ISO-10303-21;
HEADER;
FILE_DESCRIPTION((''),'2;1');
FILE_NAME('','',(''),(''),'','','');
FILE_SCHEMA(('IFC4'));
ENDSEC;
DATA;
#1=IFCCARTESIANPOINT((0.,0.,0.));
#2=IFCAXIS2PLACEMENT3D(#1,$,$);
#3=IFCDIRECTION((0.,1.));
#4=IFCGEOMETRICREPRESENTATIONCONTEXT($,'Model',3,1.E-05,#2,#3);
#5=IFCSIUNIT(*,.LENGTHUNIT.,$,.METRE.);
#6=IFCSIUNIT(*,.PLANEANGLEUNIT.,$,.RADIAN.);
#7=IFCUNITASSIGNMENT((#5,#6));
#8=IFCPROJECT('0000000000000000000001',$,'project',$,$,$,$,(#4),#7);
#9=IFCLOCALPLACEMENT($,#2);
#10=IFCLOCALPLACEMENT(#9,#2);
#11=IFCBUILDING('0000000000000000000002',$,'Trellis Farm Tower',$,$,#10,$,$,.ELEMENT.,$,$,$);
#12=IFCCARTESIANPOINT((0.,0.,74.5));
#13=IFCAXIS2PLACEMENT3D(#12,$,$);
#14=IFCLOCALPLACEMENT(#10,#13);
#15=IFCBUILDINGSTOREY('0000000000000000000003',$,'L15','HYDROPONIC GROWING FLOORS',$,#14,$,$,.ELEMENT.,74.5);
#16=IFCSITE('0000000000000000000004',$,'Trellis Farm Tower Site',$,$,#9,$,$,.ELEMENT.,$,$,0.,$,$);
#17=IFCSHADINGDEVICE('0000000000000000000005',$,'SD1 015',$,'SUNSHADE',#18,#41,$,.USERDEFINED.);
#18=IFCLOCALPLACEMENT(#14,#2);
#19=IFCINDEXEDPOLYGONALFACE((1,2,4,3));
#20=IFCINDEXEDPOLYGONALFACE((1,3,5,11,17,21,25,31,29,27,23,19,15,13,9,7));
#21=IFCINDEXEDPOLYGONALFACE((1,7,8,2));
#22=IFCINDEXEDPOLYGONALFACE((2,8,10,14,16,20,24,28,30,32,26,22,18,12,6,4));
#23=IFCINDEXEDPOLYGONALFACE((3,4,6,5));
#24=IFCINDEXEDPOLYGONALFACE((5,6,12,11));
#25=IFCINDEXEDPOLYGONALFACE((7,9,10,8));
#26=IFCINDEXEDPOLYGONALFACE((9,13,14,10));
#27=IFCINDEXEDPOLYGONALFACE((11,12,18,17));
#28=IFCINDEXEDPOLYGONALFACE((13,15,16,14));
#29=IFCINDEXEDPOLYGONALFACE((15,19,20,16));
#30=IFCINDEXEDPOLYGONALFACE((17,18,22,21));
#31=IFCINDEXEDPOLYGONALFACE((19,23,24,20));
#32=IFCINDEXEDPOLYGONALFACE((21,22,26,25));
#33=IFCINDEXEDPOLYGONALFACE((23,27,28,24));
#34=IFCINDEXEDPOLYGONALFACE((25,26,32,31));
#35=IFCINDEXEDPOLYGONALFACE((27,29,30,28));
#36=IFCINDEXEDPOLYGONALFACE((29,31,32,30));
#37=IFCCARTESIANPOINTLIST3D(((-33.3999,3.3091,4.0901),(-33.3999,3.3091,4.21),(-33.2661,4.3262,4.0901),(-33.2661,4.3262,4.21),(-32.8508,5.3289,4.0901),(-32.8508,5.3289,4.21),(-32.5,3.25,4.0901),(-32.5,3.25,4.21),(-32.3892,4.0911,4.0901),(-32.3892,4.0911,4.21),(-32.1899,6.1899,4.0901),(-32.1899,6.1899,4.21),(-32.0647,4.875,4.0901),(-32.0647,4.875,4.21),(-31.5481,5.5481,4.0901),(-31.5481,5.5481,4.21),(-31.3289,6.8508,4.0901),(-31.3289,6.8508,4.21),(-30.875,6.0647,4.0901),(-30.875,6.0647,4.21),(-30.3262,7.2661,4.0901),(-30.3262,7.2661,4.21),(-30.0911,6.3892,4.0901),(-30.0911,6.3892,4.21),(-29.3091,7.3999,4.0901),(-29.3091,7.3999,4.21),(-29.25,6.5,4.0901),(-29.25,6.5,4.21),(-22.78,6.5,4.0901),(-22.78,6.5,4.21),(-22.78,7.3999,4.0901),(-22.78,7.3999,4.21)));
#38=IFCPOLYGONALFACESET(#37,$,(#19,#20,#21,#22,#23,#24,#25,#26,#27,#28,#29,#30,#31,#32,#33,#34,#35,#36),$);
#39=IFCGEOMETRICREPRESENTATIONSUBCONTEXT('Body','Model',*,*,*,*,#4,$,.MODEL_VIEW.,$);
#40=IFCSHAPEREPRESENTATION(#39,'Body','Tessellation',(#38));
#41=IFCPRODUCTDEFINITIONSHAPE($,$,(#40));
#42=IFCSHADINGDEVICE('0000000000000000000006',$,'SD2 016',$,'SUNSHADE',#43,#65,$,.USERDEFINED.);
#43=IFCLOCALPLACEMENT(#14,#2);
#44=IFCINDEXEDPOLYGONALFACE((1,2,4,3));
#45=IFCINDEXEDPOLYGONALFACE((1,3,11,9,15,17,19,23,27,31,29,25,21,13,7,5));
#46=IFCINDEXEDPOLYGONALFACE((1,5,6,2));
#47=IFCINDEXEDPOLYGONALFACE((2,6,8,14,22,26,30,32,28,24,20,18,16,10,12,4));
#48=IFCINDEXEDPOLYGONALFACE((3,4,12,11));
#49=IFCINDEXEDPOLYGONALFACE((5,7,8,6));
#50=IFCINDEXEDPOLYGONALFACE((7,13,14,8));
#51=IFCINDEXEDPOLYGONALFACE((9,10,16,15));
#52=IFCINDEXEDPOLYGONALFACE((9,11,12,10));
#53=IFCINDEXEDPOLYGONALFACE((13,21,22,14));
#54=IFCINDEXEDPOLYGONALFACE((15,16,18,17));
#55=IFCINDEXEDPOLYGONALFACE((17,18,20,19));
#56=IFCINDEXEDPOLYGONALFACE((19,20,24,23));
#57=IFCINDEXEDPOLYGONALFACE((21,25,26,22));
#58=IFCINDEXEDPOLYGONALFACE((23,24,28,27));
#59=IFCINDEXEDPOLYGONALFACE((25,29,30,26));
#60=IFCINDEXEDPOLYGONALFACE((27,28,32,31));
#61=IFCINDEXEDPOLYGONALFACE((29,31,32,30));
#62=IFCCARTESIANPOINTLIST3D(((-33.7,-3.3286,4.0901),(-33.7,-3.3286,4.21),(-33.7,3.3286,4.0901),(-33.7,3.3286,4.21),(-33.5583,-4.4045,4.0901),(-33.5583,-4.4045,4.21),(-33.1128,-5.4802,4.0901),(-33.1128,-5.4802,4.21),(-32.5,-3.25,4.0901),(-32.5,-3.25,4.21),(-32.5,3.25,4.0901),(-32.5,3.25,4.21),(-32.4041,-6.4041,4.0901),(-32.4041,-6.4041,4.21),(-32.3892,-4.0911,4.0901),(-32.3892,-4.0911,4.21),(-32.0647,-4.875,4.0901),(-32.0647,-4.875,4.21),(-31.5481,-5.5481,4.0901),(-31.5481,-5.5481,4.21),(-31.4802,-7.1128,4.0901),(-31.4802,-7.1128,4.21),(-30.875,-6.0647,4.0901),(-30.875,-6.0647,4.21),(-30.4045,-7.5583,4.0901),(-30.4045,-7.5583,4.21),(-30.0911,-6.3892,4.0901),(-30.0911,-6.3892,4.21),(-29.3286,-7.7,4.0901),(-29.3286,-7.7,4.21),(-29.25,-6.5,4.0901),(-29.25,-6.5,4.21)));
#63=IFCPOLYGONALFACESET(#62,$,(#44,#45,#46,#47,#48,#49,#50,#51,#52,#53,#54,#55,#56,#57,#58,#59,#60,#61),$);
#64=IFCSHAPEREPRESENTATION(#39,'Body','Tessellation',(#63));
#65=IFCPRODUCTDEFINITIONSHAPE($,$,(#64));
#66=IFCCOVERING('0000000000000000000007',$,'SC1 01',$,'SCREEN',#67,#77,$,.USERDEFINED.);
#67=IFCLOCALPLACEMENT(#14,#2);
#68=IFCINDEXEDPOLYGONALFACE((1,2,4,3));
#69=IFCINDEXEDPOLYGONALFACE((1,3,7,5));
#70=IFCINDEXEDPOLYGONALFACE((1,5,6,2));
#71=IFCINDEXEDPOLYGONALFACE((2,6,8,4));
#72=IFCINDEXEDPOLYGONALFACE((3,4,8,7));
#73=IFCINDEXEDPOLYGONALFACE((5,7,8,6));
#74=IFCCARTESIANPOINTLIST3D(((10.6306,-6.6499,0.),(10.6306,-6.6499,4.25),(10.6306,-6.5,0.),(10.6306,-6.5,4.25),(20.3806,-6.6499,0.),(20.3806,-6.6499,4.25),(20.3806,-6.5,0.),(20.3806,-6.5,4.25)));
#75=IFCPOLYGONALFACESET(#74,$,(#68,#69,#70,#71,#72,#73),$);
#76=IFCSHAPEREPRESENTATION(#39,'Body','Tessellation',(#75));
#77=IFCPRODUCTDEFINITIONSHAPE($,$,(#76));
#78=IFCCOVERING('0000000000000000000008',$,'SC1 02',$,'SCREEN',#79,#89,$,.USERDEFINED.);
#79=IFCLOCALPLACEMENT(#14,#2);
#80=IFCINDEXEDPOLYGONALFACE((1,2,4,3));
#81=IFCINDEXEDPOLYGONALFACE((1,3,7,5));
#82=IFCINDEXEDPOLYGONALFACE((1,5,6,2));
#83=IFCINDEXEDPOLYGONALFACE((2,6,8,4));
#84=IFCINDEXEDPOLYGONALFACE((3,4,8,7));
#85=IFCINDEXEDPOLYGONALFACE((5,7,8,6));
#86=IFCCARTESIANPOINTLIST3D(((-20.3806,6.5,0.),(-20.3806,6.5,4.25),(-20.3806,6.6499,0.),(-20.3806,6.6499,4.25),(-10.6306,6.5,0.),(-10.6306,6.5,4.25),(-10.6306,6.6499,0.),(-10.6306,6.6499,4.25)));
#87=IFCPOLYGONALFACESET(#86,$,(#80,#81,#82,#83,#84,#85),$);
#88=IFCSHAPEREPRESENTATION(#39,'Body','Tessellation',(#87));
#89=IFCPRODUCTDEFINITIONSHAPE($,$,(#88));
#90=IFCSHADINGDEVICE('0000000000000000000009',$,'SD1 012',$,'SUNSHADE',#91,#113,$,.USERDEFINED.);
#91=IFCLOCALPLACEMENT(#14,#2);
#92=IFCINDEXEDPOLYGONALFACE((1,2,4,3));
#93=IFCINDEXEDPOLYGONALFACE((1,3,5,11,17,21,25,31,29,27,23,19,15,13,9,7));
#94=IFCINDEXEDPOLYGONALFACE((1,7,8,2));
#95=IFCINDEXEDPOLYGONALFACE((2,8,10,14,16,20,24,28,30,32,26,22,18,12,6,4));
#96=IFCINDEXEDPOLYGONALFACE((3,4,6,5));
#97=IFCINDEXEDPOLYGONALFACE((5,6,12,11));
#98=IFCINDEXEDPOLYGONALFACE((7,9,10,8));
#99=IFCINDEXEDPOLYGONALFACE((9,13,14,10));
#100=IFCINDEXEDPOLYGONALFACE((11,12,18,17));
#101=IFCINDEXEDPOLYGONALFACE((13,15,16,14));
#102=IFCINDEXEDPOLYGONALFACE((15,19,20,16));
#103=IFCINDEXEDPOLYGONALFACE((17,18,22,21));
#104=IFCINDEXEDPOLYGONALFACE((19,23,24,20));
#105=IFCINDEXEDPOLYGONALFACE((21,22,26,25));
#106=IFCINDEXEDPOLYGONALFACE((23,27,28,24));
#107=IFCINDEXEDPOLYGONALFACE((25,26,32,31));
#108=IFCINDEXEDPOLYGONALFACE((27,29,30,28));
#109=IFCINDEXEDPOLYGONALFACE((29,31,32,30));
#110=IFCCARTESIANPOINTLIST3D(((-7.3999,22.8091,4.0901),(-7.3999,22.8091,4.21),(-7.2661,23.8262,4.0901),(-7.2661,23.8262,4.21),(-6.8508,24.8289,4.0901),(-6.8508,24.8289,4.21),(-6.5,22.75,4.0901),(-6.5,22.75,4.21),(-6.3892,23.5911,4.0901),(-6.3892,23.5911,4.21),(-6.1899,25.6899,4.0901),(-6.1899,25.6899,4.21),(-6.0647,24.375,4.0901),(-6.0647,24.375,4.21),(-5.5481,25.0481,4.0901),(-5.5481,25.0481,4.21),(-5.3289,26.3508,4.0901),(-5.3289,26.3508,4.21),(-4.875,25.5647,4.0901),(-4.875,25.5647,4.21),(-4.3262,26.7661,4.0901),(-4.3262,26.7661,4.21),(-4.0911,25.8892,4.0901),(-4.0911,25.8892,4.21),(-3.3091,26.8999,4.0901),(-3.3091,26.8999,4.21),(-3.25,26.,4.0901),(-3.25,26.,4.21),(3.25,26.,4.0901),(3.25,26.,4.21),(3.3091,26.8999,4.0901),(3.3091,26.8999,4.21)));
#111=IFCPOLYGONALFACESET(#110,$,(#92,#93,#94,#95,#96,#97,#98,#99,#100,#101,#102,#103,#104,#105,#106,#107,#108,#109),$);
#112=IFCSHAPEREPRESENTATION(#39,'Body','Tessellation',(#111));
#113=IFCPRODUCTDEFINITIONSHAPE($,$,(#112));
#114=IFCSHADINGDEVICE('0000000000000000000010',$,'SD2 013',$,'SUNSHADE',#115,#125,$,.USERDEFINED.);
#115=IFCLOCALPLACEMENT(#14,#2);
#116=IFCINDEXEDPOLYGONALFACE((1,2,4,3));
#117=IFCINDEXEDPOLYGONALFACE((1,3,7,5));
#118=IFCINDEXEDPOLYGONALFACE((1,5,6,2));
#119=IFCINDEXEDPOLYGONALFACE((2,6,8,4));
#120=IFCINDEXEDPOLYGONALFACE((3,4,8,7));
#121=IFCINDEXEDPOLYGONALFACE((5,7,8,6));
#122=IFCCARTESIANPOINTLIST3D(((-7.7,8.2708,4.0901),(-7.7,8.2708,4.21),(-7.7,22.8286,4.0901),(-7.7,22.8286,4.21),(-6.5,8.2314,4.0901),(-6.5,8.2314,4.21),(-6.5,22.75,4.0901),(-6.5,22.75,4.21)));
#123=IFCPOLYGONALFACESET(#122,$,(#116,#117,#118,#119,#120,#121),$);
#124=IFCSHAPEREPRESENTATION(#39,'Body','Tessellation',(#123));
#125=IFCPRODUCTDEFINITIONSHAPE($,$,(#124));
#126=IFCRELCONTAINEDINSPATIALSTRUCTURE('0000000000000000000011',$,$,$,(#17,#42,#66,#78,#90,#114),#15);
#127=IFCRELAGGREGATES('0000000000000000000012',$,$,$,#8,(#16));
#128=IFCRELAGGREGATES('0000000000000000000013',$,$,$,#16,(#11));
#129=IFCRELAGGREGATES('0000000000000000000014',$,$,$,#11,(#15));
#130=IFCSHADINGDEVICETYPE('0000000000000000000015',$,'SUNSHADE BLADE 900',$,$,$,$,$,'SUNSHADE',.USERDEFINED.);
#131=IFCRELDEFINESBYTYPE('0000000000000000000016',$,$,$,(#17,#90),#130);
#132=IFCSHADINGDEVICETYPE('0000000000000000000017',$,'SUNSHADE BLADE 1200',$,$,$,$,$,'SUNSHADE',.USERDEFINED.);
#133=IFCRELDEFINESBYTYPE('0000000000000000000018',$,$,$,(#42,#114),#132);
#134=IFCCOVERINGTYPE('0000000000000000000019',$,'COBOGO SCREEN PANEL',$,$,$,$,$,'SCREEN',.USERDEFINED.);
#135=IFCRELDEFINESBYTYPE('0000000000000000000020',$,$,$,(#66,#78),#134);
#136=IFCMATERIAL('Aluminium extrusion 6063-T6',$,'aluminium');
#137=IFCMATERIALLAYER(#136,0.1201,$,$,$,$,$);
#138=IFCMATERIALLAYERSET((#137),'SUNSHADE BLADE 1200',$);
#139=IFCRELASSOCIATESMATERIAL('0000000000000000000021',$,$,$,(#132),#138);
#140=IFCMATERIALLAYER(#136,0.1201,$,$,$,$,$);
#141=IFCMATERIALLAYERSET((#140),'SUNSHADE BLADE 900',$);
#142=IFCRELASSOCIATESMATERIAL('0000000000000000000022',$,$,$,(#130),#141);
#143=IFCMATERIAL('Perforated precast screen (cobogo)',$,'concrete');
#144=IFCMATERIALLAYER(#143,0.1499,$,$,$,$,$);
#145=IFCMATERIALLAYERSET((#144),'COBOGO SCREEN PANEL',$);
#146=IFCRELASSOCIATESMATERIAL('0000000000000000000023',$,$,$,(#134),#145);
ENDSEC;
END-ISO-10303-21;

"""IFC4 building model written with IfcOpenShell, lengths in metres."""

from ifc_helpers import new_model, si_unit, direction, frame, origin, place, context, subcontext, project, spatial, polyline, outline, extrude, source, transform, mapped, material, layer, layer_set, type_object, element, save


model = new_model("IFC4")

# Units and contexts
model_context = context("Model", 3, precision=1e-05, world=origin(), true_north=direction((0.0, 1.0)))
body_context = subcontext(model_context, "Body", "Model", "MODEL_VIEW")
ifc_project = project(units=[si_unit("LENGTHUNIT", "METRE"), si_unit("PLANEANGLEUNIT", "RADIAN")], contexts=[model_context])

# Site, building, storey
site_placement = place(None, origin())
site = spatial("IfcSite", under=ifc_project, at=site_placement, Name="Trellis Farm Tower Site", CompositionType="ELEMENT", RefElevation=0.0)
building_placement = place(site_placement, origin())
building = spatial("IfcBuilding", under=site, at=building_placement, Name="Trellis Farm Tower", CompositionType="ELEMENT")
storey_placement = place(building_placement, frame((0.0, 0.0, 74.5)))
storey = spatial("IfcBuildingStorey", under=building, at=storey_placement, Name="L15", Description="HYDROPONIC GROWING FLOORS", CompositionType="ELEMENT", Elevation=74.5)

# Shared definitions
placement_1 = place(storey_placement, origin())
ifc_material_1 = material(Name="Aluminium extrusion 6063-T6", Category="aluminium")

# Shading devices
ifc_layer_1 = layer(ifc_material_1, 0.1201)
ifc_layer_set_1 = layer_set([ifc_layer_1], Name="SUNSHADE BLADE 1200")
shading_device_type_1 = type_object("IfcShadingDeviceType", Name="SUNSHADE BLADE 1200", ElementType="SUNSHADE", PredefinedType="USERDEFINED", material=ifc_layer_set_1)
placement_2 = place(storey_placement, frame((0.0, 0.0, 4.0901)))
ifc_layer_2 = layer(ifc_material_1, 0.1201)
ifc_layer_set_2 = layer_set([ifc_layer_2], Name="SUNSHADE BLADE 900")
shading_device_type_2 = type_object("IfcShadingDeviceType", Name="SUNSHADE BLADE 900", ElementType="SUNSHADE", PredefinedType="USERDEFINED", material=ifc_layer_set_2)
shared_shape_1 = source(origin(), body_context, "Body", "SweptSolid", [
    extrude(outline(polyline([(-22.78, 7.3999), (-29.3091, 7.3999), (-30.3262, 7.2661), (-31.3289, 6.8508), (-32.1899, 6.1899), (-32.8508, 5.3289), (-33.2661, 4.3262), (-33.3999, 3.3091), (-32.5, 3.25), (-32.3892, 4.0911), (-32.0647, 4.875), (-31.5481, 5.5481), (-30.875, 6.0647), (-30.0911, 6.3892), (-29.25, 6.5), (-22.78, 6.5), (-22.78, 7.3999)])), origin(), (0.0, 0.0, 1.0), 0.1199),
])
element("IfcShadingDevice", 1, at=placement_2, inside=storey, type_object=shading_device_type_2, Name="SD1 015", ObjectType="SUNSHADE", PredefinedType="USERDEFINED", context=body_context, shape_type="MappedRepresentation", body=[
    mapped(shared_shape_1, transform((0.0, 0.0, 0.0))),
])
shared_shape_2 = source(origin(), body_context, "Body", "SweptSolid", [
    extrude(outline(polyline([(-33.7, 3.3286), (-33.7, -3.3286), (-33.5583, -4.4045), (-33.1128, -5.4802), (-32.4041, -6.4041), (-31.4802, -7.1128), (-30.4045, -7.5583), (-29.3286, -7.7), (-29.25, -6.5), (-30.0911, -6.3892), (-30.875, -6.0647), (-31.5481, -5.5481), (-32.0647, -4.875), (-32.3892, -4.0911), (-32.5, -3.25), (-32.5, 3.25), (-33.7, 3.3286)])), origin(), (0.0, 0.0, 1.0), 0.1199),
])
element("IfcShadingDevice", 2, at=placement_2, inside=storey, type_object=shading_device_type_1, Name="SD2 016", ObjectType="SUNSHADE", PredefinedType="USERDEFINED", context=body_context, shape_type="MappedRepresentation", body=[
    mapped(shared_shape_2, transform((0.0, 0.0, 0.0))),
])

# Coverings
ifc_material_2 = material(Name="Perforated precast screen (cobogo)", Category="concrete")
ifc_layer_3 = layer(ifc_material_2, 0.1499)
ifc_layer_set_3 = layer_set([ifc_layer_3], Name="COBOGO SCREEN PANEL")
covering_type = type_object("IfcCoveringType", Name="COBOGO SCREEN PANEL", ElementType="SCREEN", PredefinedType="USERDEFINED", material=ifc_layer_set_3)
shared_shape_3 = source(origin(), body_context, "Body", "SweptSolid", [
    extrude(outline(polyline([(10.6306, -6.6499), (20.3806, -6.6499), (20.3806, -6.5), (10.6306, -6.5), (10.6306, -6.6499)])), origin(), (0.0, 0.0, 1.0), 4.25),
])
element("IfcCovering", 3, at=placement_1, inside=storey, type_object=covering_type, Name="SC1 01", ObjectType="SCREEN", PredefinedType="USERDEFINED", context=body_context, shape_type="MappedRepresentation", body=[
    mapped(shared_shape_3, transform((0.0, 0.0, 0.0))),
])
shared_shape_4 = source(origin(), body_context, "Body", "SweptSolid", [
    extrude(outline(polyline([(-10.6306, 6.6499), (-20.3806, 6.6499), (-20.3806, 6.5), (-10.6306, 6.5), (-10.6306, 6.6499)])), origin(), (0.0, 0.0, 1.0), 4.25),
])
element("IfcCovering", 4, at=placement_1, inside=storey, type_object=covering_type, Name="SC1 02", ObjectType="SCREEN", PredefinedType="USERDEFINED", context=body_context, shape_type="MappedRepresentation", body=[
    mapped(shared_shape_4, transform((0.0, 0.0, 0.0))),
])

# Shading devices
shared_shape_5 = source(origin(), body_context, "Body", "SweptSolid", [
    extrude(outline(polyline([(3.3091, 26.8999), (-3.3091, 26.8999), (-4.3262, 26.7661), (-5.3289, 26.3508), (-6.1899, 25.6899), (-6.8508, 24.8289), (-7.2661, 23.8262), (-7.3999, 22.8091), (-6.5, 22.75), (-6.3892, 23.5911), (-6.0647, 24.375), (-5.5481, 25.0481), (-4.875, 25.5647), (-4.0911, 25.8892), (-3.25, 26.0), (3.25, 26.0), (3.3091, 26.8999)])), origin(), (0.0, 0.0, 1.0), 0.1199),
])
element("IfcShadingDevice", 5, at=placement_2, inside=storey, type_object=shading_device_type_2, Name="SD1 012", ObjectType="SUNSHADE", PredefinedType="USERDEFINED", context=body_context, shape_type="MappedRepresentation", body=[
    mapped(shared_shape_5, transform((0.0, 0.0, 0.0))),
])
shared_shape_6 = source(origin(), body_context, "Body", "SweptSolid", [
    extrude(outline(polyline([(-7.7, 22.8286), (-7.7, 8.2708), (-6.5, 8.2314), (-6.5, 22.75), (-7.7, 22.8286)])), origin(), (0.0, 0.0, 1.0), 0.1199),
])
element("IfcShadingDevice", 6, at=placement_2, inside=storey, type_object=shading_device_type_1, Name="SD2 013", ObjectType="SUNSHADE", PredefinedType="USERDEFINED", context=body_context, shape_type="MappedRepresentation", body=[
    mapped(shared_shape_6, transform((0.0, 0.0, 0.0))),
])

save(model, "model.ifc")
